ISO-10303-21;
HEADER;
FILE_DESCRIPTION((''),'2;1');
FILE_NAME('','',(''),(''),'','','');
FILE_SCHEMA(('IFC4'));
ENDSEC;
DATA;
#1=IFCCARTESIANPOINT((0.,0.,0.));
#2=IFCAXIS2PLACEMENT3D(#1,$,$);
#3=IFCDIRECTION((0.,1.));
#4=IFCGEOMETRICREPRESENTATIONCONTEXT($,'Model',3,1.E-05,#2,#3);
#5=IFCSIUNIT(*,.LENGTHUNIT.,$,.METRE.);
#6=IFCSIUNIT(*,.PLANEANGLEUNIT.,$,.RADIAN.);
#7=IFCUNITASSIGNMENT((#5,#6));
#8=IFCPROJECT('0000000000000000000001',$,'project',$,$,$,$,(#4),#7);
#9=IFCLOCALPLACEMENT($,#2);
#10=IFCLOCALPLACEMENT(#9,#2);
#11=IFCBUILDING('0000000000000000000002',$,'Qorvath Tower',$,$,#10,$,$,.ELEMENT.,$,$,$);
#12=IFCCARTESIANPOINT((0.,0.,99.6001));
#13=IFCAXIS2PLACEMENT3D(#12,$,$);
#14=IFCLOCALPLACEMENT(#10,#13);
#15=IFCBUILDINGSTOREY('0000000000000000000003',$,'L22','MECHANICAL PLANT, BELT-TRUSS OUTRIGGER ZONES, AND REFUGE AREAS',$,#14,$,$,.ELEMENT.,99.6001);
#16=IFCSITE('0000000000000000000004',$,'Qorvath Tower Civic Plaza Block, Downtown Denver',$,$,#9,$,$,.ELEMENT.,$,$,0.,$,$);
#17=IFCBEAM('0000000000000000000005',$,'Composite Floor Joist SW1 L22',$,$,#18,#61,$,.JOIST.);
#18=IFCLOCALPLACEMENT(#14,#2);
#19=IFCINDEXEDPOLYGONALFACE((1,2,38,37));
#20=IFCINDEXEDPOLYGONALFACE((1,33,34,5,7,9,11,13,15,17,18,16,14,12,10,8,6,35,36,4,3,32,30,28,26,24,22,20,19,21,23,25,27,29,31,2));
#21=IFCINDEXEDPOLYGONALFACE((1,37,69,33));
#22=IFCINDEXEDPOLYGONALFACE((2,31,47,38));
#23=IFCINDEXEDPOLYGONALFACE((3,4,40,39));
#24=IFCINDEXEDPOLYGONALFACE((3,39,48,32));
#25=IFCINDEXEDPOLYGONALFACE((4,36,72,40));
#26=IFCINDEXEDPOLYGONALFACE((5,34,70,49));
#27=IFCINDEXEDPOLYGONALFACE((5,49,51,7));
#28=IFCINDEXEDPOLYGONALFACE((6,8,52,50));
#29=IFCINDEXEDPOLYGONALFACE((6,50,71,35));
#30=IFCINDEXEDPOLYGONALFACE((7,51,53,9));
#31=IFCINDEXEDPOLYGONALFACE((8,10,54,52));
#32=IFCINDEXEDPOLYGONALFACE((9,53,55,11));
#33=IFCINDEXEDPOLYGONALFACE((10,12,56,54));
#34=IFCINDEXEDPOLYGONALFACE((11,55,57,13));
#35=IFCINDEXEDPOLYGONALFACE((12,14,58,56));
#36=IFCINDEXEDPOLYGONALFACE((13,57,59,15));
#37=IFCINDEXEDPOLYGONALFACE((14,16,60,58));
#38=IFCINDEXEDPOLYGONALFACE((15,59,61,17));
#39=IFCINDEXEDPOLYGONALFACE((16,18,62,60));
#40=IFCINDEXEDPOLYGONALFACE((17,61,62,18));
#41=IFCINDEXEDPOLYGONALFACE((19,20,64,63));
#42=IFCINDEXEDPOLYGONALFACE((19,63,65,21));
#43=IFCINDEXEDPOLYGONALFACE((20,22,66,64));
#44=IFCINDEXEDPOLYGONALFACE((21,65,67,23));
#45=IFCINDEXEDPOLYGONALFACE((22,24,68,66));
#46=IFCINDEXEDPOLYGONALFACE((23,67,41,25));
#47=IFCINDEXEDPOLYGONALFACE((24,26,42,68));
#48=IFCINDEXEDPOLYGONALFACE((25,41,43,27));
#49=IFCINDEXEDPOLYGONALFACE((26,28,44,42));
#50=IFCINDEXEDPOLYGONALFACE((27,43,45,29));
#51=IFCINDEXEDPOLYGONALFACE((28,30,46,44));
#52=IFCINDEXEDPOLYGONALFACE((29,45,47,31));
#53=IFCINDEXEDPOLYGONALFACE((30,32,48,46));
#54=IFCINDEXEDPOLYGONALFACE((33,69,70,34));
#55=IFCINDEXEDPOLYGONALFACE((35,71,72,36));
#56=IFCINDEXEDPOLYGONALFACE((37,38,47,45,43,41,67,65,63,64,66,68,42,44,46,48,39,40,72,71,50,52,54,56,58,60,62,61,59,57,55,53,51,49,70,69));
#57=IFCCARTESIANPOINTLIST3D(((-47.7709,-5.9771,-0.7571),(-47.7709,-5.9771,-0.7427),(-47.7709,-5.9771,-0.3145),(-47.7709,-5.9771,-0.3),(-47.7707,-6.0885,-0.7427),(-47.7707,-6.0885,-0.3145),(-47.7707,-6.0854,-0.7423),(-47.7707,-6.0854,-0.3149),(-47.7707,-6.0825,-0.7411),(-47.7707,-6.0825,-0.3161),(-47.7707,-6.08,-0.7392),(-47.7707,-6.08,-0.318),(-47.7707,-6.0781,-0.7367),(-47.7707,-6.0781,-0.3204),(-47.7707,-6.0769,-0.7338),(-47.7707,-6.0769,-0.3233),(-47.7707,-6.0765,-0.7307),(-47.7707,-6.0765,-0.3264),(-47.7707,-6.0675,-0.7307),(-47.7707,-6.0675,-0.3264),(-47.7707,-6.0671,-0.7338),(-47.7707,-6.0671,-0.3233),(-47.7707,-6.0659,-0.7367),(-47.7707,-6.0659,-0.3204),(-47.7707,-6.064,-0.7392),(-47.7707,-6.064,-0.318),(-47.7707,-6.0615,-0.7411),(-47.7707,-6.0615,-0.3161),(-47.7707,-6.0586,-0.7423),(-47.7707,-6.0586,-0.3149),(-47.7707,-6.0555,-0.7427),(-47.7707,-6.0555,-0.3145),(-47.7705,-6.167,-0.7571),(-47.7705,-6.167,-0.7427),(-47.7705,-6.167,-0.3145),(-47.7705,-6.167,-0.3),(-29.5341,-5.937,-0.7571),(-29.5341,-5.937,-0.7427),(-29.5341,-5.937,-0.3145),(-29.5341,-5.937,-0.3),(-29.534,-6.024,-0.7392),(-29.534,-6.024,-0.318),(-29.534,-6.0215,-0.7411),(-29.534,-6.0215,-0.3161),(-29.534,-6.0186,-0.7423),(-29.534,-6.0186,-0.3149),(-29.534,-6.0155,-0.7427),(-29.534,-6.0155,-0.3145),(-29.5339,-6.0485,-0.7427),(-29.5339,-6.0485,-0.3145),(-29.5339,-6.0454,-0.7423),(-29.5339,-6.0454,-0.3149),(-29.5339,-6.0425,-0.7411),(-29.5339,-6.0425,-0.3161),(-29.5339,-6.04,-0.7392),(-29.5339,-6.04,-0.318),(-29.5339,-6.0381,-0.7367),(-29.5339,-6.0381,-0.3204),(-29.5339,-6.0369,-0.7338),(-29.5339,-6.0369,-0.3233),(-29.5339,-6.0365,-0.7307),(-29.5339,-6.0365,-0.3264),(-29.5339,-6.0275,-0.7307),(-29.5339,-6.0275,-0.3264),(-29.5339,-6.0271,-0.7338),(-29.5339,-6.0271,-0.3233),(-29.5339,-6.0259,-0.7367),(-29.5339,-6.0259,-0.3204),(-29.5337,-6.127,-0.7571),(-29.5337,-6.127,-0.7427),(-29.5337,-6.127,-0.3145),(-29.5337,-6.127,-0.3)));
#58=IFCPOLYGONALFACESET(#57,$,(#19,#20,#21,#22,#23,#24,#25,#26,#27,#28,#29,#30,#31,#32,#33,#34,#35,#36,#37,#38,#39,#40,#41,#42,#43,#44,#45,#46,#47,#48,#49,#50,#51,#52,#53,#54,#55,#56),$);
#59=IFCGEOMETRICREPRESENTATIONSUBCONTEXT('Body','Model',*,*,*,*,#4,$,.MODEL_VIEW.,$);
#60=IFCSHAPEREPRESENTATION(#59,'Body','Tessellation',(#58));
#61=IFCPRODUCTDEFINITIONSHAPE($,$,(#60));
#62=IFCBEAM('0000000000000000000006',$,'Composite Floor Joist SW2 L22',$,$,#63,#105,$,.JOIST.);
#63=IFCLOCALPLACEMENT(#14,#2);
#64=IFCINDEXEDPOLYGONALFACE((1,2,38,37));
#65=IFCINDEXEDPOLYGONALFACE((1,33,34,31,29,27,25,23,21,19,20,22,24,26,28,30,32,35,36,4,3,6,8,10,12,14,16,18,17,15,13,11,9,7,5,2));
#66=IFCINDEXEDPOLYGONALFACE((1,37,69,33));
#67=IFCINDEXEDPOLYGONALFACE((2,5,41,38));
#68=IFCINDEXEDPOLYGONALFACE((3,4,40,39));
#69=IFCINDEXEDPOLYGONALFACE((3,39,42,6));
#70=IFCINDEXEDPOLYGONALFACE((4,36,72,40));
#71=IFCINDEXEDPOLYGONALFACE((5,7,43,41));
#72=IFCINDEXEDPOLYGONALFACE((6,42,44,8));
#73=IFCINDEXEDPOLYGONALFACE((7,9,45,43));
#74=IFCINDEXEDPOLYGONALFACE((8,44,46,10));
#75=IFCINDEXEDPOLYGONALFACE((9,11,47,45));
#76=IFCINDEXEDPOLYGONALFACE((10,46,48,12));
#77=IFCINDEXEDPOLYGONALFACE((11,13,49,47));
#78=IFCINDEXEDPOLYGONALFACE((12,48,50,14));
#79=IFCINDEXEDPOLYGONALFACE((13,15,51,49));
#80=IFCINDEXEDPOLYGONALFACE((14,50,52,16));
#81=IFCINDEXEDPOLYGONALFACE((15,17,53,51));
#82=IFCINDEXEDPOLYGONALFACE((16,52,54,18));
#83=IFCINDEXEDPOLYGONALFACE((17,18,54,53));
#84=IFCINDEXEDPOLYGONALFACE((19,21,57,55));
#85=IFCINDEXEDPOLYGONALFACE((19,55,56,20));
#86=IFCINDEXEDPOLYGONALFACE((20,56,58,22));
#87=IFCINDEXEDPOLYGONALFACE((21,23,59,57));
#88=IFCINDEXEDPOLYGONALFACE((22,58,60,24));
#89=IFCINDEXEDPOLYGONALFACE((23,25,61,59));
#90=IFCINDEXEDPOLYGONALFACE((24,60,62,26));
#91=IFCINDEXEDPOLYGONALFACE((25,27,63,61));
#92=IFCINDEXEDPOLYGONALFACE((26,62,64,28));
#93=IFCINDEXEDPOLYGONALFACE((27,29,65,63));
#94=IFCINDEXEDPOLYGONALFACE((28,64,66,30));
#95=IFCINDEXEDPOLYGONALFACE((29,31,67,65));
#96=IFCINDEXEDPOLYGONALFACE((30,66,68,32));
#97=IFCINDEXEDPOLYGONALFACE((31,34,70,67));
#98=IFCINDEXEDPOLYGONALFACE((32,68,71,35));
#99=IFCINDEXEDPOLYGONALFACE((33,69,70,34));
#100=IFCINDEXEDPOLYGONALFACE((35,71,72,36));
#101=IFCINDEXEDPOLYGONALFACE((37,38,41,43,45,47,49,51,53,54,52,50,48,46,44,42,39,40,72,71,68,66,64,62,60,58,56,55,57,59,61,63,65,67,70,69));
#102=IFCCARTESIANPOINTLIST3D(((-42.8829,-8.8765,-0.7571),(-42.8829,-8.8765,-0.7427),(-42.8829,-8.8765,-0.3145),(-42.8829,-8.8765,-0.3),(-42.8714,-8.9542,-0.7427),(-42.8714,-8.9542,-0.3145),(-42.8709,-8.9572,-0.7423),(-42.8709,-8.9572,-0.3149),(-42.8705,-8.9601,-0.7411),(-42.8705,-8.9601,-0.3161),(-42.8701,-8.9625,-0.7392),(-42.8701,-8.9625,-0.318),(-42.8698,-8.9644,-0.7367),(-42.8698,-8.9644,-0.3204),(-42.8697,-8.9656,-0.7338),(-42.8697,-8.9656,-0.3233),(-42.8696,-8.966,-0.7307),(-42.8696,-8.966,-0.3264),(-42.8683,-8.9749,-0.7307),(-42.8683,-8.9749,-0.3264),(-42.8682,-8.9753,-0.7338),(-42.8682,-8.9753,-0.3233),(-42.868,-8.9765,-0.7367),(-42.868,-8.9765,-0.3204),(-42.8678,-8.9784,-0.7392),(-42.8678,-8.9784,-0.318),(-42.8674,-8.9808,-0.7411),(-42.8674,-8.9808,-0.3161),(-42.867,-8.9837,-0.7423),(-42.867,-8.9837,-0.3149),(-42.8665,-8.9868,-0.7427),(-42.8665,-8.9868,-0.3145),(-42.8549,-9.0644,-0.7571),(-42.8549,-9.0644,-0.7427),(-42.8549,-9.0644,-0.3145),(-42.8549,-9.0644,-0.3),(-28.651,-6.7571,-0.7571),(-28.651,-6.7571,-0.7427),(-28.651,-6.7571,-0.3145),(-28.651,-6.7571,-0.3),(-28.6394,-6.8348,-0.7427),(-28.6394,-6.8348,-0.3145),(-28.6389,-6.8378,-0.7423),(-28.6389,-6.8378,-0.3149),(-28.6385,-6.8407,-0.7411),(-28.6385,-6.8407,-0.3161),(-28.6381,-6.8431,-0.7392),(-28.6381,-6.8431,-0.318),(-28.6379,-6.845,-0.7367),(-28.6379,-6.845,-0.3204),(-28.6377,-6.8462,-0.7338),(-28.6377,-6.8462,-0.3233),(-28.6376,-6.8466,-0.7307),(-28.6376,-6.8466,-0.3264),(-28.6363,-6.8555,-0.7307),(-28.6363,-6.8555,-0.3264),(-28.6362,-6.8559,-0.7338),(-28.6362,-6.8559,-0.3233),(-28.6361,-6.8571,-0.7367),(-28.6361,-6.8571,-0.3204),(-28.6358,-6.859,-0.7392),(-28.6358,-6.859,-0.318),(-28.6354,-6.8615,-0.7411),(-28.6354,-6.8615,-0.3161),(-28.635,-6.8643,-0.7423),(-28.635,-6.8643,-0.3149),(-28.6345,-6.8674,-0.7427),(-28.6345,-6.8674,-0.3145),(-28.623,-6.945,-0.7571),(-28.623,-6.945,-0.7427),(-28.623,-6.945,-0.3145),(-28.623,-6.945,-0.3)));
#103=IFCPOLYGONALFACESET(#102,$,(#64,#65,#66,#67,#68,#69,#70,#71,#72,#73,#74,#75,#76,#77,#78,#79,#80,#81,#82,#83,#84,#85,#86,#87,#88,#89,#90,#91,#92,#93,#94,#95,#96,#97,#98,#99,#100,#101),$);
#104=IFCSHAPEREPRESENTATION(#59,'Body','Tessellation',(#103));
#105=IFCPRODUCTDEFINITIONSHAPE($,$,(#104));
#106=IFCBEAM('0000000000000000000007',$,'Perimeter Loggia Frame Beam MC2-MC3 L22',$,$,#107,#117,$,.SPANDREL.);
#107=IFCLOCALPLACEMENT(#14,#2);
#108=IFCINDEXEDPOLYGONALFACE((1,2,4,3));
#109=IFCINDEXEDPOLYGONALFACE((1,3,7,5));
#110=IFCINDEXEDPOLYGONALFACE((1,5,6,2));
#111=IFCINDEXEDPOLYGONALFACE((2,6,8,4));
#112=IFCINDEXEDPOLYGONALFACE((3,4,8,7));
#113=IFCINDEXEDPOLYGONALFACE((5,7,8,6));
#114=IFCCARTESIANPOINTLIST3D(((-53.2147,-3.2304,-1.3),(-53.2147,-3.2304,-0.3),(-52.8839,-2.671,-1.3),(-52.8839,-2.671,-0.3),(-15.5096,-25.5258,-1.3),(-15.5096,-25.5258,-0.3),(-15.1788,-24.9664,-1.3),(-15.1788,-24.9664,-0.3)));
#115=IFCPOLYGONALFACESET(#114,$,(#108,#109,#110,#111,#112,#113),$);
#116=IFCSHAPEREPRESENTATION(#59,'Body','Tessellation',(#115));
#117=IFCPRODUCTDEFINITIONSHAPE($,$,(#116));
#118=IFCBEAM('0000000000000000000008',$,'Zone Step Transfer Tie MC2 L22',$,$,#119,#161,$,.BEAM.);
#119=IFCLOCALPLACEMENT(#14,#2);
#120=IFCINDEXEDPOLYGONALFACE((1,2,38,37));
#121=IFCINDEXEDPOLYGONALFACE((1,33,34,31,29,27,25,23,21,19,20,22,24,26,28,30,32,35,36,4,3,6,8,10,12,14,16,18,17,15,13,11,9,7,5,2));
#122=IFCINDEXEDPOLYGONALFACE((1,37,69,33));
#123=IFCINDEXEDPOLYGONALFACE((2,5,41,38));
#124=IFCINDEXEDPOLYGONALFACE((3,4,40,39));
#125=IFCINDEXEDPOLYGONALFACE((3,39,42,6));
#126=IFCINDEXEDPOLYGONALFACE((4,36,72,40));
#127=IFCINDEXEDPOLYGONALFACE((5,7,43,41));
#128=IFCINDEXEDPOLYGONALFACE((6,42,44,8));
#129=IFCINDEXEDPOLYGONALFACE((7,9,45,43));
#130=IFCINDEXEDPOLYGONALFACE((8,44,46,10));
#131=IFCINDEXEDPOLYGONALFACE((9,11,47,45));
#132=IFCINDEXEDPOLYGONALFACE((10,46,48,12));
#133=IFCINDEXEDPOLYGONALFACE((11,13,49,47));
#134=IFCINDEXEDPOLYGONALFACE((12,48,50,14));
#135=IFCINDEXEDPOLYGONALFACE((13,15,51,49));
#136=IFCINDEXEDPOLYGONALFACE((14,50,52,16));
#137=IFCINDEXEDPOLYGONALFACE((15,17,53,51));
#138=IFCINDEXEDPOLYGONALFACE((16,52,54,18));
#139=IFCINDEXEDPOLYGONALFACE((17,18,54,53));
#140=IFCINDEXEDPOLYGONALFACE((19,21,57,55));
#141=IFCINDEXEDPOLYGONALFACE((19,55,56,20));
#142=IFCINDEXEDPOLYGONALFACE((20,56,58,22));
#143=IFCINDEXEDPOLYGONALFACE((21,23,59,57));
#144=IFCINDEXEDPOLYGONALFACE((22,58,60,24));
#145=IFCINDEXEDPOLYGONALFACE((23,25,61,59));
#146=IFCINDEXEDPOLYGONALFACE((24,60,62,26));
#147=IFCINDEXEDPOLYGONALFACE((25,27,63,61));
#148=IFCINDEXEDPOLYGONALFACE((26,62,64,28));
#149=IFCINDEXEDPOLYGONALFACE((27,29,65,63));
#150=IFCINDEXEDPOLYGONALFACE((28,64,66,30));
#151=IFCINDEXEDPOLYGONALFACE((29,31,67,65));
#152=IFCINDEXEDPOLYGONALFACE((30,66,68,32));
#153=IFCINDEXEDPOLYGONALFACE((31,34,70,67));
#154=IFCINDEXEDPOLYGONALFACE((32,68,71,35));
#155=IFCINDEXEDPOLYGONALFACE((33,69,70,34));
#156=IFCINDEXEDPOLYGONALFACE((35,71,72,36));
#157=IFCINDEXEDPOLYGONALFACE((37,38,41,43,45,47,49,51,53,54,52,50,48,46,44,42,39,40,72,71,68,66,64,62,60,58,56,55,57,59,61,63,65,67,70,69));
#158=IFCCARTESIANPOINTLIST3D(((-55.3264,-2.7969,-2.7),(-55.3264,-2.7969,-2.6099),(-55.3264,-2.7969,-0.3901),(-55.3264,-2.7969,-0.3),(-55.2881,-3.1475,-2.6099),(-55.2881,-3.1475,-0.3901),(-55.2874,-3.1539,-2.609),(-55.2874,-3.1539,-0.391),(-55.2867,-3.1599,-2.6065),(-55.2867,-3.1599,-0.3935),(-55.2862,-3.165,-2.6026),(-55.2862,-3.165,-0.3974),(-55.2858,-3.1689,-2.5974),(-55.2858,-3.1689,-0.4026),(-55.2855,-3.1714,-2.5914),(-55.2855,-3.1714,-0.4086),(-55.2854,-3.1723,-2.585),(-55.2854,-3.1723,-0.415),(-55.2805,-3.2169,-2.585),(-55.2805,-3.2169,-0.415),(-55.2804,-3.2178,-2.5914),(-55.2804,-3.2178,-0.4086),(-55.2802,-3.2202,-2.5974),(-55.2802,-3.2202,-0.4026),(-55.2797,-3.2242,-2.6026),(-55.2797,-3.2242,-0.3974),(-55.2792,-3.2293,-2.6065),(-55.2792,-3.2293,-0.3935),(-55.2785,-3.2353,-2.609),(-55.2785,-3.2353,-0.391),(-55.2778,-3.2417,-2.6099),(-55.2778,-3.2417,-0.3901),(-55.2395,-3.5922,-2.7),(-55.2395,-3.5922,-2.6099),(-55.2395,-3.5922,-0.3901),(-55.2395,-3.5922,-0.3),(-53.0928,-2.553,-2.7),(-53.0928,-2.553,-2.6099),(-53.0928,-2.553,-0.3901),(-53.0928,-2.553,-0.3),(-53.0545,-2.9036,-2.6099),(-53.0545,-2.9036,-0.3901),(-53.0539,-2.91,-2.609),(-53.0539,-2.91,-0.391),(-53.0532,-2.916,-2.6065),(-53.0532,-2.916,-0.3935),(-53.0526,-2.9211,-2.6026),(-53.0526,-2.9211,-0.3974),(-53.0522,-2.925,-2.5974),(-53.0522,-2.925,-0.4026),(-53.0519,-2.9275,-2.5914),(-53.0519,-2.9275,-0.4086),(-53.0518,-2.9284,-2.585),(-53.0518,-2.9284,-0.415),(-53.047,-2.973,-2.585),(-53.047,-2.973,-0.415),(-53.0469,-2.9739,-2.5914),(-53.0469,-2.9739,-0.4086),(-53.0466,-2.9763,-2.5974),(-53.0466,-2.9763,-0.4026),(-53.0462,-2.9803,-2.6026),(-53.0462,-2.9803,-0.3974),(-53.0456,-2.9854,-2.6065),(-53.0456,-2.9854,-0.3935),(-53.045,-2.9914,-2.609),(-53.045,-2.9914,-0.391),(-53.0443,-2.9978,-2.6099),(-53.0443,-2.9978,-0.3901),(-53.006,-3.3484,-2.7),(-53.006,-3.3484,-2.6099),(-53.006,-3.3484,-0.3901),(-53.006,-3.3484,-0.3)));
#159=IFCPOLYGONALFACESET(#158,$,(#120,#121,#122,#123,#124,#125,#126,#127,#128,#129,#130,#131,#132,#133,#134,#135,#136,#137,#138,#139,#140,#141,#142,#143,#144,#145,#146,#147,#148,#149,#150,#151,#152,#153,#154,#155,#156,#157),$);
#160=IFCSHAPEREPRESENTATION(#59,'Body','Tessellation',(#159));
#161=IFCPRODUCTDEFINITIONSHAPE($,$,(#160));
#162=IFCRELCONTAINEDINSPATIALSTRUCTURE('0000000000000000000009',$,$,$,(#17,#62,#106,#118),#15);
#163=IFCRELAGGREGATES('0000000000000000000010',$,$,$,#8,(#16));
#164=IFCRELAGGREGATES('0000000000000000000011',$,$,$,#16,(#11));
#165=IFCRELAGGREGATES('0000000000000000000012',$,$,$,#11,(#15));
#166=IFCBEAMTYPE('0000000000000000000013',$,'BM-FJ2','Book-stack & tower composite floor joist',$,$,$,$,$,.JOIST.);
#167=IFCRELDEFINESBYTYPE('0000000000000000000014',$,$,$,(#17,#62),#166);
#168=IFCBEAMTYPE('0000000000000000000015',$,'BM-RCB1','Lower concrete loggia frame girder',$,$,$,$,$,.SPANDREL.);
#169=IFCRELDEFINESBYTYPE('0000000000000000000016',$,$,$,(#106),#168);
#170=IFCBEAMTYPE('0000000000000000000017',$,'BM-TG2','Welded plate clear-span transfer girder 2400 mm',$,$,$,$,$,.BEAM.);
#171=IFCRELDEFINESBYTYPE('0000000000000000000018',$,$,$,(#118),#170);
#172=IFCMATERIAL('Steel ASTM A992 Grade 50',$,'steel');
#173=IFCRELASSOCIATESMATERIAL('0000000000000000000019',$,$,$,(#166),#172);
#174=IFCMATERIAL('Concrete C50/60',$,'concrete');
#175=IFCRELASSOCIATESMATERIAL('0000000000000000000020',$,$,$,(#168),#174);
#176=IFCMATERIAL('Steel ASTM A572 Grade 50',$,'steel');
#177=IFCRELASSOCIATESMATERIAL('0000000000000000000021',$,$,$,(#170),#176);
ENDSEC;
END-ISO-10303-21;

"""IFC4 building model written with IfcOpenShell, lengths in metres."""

from ifc_helpers import new_model, si_unit, direction, frame, origin, origin_2d, place, context, subcontext, project, spatial, rectangle, i_section, extrude, material, material_profile, profile_set, type_object, element, save


model = new_model("IFC4")

# Units and contexts
model_context = context("Model", 3, precision=1e-05, world=origin(), true_north=direction((0.0, 1.0)))
body_context = subcontext(model_context, "Body", "Model", "MODEL_VIEW")
ifc_project = project(units=[si_unit("LENGTHUNIT", "METRE"), si_unit("PLANEANGLEUNIT", "RADIAN")], contexts=[model_context])

# Site, building, storey
site_placement = place(None, origin())
site = spatial("IfcSite", under=ifc_project, at=site_placement, Name="Qorvath Tower Civic Plaza Block, Downtown Denver", CompositionType="ELEMENT", RefElevation=0.0)
building_placement = place(site_placement, origin())
building = spatial("IfcBuilding", under=site, at=building_placement, Name="Qorvath Tower", CompositionType="ELEMENT")
storey_placement = place(building_placement, frame((0.0, 0.0, 99.6001)))
storey = spatial("IfcBuildingStorey", under=building, at=storey_placement, Name="L22", Description="MECHANICAL PLANT, BELT-TRUSS OUTRIGGER ZONES, AND REFUGE AREAS", CompositionType="ELEMENT", Elevation=99.6001)

# Beams
ifc_material_1 = material(Name="Steel ASTM A992 Grade 50", Category="steel")
ifc_material_profile_1 = material_profile(ifc_material_1, i_section(OverallWidth=0.1899, OverallDepth=0.457, WebThickness=0.009, FlangeThickness=0.0144, FilletRadius=0.012, at=origin_2d()), Name="W18x50")
ifc_profile_set_1 = profile_set([ifc_material_profile_1], Name="Steel ASTM A992 Grade 50")
beam_type_1 = type_object("IfcBeamType", Name="BM-FJ2", Description="Book-stack & tower composite floor joist", PredefinedType="JOIST", material=ifc_profile_set_1)
beam_1_placement = place(storey_placement, frame((-29.5339, -6.032, -0.5286), z_axis=(-0.999998, -0.002196, 0.0), x_axis=(0.002196, -0.999998, 0.0)))
element("IfcBeam", 1, at=beam_1_placement, inside=storey, type_object=beam_type_1, Name="Composite Floor Joist SW1 L22", PredefinedType="JOIST", context=body_context, shape_type="SweptSolid", body=[
    extrude(i_section(OverallWidth=0.1899, OverallDepth=0.457, WebThickness=0.009, FlangeThickness=0.0144, FilletRadius=0.012, at=origin_2d()), origin(), (0.0, 0.0, 1.0), 18.2368),
])
beam_2_placement = place(storey_placement, frame((-28.637, -6.8511, -0.5286), z_axis=(-0.989093, -0.147293, 0.0), x_axis=(0.147293, -0.989093, 0.0)))
element("IfcBeam", 2, at=beam_2_placement, inside=storey, type_object=beam_type_1, Name="Composite Floor Joist SW2 L22", PredefinedType="JOIST", context=body_context, shape_type="SweptSolid", body=[
    extrude(i_section(OverallWidth=0.1899, OverallDepth=0.457, WebThickness=0.009, FlangeThickness=0.0144, FilletRadius=0.012, at=origin_2d()), origin(), (0.0, 0.0, 1.0), 14.3889),
])
ifc_material_2 = material(Name="Concrete C50/60", Category="concrete")
ifc_material_profile_2 = material_profile(ifc_material_2, rectangle(XDim=0.6499, YDim=1.0, at=origin_2d()), Name="RCB 1000x650")
ifc_profile_set_2 = profile_set([ifc_material_profile_2], Name="Concrete C50/60")
beam_type_2 = type_object("IfcBeamType", Name="BM-RCB1", Description="Lower concrete loggia frame girder", PredefinedType="SPANDREL", material=ifc_profile_set_2)
beam_3_placement = place(storey_placement, frame((-53.0493, -2.9507, -0.8), z_axis=(0.860775, -0.508985, 0.0), x_axis=(0.508985, 0.860775, 0.0)))
element("IfcBeam", 3, at=beam_3_placement, inside=storey, type_object=beam_type_2, Name="Perimeter Loggia Frame Beam MC2-MC3 L22", PredefinedType="SPANDREL", context=body_context, shape_type="SweptSolid", body=[
    extrude(rectangle(XDim=0.6499, YDim=1.0, at=origin_2d()), origin(), (0.0, 0.0, 1.0), 43.8037),
])
ifc_material_3 = material(Name="Steel ASTM A572 Grade 50", Category="steel")
ifc_material_profile_3 = material_profile(ifc_material_3, i_section(OverallWidth=0.8, OverallDepth=2.3999, WebThickness=0.0449, FlangeThickness=0.0901, FilletRadius=0.0249, at=origin_2d()), Name="WTG 2400x800")
ifc_profile_set_3 = profile_set([ifc_material_profile_3], Name="Steel ASTM A572 Grade 50")
beam_type_3 = type_object("IfcBeamType", Name="BM-TG2", Description="Welded plate clear-span transfer girder 2400 mm", PredefinedType="BEAM", material=ifc_profile_set_3)
beam_4_placement = place(storey_placement, frame((-55.283, -3.1946, -1.5), z_axis=(0.994091, 0.108547, 0.0), x_axis=(-0.108547, 0.994091, 0.0)))
element("IfcBeam", 4, at=beam_4_placement, inside=storey, type_object=beam_type_3, Name="Zone Step Transfer Tie MC2 L22", PredefinedType="BEAM", context=body_context, shape_type="SweptSolid", body=[
    extrude(i_section(OverallWidth=0.8, OverallDepth=2.3999, WebThickness=0.0449, FlangeThickness=0.0901, FilletRadius=0.0249, at=origin_2d()), origin(), (0.0, 0.0, 1.0), 2.2468),
])

save(model, "model.ifc")
